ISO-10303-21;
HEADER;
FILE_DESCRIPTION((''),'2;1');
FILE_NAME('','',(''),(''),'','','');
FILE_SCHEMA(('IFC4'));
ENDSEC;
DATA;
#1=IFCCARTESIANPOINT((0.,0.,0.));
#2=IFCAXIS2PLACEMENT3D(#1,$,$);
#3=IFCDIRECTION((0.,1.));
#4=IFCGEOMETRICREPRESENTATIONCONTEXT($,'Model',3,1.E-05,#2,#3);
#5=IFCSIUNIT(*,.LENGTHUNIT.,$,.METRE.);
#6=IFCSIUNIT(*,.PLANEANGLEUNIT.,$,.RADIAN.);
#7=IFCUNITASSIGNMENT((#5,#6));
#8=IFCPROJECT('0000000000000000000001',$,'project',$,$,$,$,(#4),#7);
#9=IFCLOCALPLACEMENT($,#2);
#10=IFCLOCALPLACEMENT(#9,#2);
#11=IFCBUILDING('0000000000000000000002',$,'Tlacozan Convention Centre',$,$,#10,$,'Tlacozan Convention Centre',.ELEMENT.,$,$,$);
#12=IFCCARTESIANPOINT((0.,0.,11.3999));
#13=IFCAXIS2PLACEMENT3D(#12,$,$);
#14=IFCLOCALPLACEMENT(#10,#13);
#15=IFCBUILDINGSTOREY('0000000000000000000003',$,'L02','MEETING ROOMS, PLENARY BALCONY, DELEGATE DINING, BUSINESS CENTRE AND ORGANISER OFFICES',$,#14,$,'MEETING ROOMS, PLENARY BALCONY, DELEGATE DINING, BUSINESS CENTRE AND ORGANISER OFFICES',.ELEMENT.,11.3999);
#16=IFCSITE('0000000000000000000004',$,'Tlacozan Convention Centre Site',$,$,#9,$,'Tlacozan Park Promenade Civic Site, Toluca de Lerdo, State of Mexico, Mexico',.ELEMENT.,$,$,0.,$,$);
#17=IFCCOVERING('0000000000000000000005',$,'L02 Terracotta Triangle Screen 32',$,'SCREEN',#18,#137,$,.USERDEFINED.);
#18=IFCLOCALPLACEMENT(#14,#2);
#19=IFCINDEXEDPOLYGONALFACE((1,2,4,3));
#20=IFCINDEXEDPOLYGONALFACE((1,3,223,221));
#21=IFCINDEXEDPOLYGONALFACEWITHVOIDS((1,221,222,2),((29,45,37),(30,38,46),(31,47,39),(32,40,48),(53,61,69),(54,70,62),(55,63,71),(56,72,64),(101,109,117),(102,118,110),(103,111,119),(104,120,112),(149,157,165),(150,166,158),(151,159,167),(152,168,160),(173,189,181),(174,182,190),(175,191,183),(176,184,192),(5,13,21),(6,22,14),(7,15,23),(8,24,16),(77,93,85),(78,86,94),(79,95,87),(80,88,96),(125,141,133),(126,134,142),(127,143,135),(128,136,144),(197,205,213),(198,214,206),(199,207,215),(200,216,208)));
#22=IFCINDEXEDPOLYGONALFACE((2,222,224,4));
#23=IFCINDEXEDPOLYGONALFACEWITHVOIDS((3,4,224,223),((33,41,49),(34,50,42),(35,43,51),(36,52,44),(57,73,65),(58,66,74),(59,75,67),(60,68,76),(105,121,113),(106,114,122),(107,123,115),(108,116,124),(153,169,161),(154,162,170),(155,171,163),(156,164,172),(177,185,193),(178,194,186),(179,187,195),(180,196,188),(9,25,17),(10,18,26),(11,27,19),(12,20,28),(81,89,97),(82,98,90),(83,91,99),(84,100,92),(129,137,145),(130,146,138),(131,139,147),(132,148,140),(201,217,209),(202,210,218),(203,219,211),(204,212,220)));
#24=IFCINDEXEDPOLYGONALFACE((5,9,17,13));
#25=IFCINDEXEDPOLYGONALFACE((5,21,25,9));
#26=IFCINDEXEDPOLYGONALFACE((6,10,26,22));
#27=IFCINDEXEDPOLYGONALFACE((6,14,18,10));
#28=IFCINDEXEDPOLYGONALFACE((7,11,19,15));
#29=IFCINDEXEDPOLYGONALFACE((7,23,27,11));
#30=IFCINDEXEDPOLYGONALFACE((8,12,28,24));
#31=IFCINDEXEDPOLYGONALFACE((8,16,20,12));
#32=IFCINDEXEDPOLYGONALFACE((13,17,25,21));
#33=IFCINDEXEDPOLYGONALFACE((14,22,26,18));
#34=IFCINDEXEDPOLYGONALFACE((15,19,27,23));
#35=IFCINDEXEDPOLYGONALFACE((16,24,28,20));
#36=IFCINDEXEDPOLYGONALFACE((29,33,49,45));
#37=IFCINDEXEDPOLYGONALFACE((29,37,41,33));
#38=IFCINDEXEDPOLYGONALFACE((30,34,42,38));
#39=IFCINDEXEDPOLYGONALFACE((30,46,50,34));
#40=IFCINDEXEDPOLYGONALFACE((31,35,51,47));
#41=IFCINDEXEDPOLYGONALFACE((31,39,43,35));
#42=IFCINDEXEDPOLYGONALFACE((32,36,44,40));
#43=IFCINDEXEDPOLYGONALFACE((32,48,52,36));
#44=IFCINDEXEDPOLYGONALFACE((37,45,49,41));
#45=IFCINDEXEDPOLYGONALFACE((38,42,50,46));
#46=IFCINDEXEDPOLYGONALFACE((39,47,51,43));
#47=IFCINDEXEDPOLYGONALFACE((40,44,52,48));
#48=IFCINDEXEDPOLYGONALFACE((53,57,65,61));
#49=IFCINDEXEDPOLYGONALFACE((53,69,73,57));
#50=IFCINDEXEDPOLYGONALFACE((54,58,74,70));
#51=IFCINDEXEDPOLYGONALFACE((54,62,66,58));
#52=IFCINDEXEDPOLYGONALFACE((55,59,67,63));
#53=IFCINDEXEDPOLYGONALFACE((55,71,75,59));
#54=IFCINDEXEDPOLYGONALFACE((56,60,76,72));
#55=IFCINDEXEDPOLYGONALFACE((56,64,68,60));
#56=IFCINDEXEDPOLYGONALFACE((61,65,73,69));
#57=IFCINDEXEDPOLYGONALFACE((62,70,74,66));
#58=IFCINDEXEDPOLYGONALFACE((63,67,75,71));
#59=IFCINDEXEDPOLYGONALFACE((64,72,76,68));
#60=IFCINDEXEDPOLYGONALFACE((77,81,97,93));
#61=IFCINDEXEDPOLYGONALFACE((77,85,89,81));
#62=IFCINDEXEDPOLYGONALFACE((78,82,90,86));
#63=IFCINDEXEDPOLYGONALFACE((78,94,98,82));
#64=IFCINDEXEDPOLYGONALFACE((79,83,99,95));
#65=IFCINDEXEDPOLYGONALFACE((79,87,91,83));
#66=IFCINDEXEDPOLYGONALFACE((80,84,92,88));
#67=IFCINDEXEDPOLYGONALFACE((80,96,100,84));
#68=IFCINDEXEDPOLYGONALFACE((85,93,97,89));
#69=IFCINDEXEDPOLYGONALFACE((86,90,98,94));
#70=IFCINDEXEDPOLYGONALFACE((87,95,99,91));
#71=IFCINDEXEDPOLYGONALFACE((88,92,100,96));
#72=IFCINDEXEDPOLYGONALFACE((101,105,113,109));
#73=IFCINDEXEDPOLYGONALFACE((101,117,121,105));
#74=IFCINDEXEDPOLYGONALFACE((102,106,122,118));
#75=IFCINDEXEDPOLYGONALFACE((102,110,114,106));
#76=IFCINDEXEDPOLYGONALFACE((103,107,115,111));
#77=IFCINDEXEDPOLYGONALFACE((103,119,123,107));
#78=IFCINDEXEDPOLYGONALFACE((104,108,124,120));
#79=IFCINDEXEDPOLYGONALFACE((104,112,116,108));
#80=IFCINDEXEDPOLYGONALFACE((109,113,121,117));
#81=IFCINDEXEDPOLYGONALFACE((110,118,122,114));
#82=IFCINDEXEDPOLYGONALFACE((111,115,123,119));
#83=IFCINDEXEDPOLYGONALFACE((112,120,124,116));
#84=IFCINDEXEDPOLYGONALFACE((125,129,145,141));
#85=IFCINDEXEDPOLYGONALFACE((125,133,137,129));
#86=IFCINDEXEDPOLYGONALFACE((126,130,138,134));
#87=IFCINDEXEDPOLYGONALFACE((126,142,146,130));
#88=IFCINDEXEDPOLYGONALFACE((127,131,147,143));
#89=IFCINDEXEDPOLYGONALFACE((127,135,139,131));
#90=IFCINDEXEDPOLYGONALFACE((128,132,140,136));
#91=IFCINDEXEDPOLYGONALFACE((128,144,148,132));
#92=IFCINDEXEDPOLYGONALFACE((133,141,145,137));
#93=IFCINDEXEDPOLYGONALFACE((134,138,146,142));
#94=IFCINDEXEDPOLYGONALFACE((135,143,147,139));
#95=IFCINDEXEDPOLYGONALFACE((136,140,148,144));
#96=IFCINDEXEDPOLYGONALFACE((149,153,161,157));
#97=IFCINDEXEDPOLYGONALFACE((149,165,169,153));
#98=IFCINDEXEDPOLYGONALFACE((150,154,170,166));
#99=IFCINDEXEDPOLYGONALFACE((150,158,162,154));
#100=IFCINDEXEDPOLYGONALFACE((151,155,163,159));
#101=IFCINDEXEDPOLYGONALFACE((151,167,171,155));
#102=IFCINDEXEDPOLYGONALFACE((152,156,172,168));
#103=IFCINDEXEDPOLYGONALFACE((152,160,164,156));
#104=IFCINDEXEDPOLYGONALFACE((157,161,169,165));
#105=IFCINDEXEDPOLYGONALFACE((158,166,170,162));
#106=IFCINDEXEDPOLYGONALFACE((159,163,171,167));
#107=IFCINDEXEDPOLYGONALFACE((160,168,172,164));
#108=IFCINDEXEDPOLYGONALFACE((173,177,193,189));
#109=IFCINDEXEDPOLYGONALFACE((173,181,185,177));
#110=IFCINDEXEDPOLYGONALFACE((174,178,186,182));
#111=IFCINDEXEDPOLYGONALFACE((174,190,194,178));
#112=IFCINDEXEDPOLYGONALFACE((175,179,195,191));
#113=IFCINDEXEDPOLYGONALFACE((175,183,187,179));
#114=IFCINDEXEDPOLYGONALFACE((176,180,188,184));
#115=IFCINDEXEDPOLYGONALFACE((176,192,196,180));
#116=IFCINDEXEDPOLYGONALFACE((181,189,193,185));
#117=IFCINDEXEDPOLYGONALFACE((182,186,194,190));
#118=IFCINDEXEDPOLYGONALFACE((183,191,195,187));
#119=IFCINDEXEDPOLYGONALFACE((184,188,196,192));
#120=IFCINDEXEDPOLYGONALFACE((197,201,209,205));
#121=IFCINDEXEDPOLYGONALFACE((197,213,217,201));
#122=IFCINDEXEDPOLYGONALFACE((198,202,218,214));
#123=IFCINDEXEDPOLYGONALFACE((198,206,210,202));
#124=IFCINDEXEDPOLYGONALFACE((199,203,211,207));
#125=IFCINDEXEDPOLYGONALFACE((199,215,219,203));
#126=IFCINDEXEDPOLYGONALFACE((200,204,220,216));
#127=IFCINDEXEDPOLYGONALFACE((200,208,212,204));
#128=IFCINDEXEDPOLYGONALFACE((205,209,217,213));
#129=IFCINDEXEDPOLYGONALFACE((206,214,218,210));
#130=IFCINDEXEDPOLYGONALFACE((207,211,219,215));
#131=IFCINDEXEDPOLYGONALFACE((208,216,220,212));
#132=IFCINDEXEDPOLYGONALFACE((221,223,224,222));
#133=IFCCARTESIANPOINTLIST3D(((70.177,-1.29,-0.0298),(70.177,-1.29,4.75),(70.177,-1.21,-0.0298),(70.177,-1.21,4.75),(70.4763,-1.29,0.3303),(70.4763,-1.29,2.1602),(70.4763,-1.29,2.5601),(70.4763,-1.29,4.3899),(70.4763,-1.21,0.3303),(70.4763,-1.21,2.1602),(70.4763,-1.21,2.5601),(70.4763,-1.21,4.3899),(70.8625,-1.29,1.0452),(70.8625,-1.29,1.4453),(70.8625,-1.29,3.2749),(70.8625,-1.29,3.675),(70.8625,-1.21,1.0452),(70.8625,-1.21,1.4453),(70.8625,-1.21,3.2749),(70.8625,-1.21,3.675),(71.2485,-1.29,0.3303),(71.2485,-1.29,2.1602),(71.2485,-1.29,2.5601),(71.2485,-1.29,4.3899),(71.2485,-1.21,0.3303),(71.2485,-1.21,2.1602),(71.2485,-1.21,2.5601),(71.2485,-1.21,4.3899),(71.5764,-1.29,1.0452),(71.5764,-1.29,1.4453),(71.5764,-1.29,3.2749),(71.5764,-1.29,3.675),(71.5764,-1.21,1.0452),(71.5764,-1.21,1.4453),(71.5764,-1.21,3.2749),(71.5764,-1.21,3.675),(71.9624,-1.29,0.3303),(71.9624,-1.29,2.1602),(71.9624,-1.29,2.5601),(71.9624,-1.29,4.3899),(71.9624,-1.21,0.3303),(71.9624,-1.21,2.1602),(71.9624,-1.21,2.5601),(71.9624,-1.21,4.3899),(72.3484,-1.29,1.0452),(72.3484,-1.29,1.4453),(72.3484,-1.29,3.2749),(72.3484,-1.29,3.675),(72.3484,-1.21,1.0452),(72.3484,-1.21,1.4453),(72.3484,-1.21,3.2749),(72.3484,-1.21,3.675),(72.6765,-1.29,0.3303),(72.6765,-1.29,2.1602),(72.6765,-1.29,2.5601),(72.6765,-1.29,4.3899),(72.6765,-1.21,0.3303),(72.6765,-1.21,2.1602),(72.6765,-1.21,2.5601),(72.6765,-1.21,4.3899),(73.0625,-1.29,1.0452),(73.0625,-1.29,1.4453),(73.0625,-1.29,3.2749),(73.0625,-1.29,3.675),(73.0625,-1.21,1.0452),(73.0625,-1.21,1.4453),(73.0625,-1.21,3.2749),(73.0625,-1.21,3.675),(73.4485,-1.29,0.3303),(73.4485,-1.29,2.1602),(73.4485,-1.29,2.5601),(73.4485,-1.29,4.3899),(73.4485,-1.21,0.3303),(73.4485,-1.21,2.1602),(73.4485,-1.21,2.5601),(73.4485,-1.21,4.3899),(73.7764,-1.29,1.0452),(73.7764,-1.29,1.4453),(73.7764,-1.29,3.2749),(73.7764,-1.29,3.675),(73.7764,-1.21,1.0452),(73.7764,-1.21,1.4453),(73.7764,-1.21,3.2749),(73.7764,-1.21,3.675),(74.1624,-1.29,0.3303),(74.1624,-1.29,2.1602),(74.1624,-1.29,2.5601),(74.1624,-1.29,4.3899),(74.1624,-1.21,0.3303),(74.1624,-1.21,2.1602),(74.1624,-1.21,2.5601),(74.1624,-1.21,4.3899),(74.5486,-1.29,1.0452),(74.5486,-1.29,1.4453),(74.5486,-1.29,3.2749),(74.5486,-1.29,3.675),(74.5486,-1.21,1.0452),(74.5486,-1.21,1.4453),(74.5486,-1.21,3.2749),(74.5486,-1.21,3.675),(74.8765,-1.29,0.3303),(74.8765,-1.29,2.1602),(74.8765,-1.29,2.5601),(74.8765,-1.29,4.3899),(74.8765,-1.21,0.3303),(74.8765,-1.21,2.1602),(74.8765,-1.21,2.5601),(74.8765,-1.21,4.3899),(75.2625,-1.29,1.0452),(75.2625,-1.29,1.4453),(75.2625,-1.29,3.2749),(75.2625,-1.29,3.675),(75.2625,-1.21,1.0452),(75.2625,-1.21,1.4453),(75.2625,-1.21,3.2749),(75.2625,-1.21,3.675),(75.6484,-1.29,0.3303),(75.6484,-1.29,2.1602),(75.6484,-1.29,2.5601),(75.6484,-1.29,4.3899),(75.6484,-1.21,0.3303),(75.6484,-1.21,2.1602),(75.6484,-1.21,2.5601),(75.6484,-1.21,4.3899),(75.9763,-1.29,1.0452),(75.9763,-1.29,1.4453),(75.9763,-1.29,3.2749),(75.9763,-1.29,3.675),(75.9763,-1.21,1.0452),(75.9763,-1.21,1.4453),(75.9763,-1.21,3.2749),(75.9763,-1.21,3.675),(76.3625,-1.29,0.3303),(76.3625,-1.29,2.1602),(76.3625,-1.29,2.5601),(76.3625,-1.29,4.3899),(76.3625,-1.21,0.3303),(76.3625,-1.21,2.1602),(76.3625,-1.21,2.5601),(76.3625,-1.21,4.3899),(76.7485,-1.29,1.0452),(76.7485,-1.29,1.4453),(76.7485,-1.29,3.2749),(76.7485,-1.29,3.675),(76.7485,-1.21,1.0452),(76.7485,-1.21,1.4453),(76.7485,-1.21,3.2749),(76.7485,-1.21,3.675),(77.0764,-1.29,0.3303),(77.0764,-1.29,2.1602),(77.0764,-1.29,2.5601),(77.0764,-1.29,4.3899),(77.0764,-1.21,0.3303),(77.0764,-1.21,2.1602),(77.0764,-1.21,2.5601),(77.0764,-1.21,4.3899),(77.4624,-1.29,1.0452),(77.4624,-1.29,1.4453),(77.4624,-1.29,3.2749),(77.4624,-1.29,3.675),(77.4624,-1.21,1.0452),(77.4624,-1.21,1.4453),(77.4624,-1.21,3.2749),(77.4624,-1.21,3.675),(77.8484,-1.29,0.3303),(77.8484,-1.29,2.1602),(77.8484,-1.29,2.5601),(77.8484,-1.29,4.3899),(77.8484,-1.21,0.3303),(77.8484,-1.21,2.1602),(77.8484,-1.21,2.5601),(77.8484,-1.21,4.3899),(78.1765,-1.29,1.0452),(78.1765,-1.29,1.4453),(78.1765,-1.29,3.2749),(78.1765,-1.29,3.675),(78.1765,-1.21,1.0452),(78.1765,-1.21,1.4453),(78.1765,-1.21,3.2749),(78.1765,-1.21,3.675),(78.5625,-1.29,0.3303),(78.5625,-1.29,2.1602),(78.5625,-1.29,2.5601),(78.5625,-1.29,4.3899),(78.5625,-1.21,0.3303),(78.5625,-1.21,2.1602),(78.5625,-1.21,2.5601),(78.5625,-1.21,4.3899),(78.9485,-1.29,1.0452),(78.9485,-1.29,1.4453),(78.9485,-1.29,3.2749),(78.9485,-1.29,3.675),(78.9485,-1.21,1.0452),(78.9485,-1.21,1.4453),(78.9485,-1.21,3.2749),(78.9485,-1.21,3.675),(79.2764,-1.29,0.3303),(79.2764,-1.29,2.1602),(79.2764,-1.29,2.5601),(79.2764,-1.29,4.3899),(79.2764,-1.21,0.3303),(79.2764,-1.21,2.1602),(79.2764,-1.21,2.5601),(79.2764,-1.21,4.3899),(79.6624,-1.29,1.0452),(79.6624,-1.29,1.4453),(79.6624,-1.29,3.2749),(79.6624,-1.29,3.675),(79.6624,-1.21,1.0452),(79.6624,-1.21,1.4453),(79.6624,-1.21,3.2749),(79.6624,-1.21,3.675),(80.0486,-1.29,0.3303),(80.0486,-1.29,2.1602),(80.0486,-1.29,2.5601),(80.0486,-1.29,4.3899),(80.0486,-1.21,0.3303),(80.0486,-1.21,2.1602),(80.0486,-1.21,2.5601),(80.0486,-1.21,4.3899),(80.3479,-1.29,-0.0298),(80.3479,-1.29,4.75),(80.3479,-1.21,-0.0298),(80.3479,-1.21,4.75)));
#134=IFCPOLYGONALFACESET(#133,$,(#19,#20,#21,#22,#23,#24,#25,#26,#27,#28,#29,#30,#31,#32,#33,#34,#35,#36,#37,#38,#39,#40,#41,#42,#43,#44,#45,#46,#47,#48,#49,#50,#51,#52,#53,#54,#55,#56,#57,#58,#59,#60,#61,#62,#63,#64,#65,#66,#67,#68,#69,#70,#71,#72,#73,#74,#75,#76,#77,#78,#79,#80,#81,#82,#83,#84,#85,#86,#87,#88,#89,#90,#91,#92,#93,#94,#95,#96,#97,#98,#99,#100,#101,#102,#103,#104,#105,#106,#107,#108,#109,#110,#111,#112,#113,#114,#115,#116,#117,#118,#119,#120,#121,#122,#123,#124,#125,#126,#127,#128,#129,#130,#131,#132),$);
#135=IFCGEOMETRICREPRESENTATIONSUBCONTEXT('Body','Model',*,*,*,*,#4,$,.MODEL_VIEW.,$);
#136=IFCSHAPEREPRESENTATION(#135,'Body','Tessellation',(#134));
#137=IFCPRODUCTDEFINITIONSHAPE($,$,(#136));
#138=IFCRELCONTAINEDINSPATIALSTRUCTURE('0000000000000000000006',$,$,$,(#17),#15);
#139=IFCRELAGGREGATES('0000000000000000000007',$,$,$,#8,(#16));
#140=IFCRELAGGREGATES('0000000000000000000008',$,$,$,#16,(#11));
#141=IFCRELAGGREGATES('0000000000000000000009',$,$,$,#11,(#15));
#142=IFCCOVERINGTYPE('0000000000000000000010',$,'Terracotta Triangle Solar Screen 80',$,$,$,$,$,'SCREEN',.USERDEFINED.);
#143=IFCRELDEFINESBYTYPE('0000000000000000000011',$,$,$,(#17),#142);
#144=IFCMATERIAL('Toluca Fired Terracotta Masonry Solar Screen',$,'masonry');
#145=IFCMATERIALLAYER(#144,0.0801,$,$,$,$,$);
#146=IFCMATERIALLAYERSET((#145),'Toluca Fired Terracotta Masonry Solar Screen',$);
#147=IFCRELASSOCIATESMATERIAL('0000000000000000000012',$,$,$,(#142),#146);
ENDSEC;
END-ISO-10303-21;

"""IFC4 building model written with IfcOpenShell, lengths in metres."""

from ifc_helpers import new_model, si_unit, direction, frame, origin, place, context, subcontext, project, spatial, polyline, outline, extrude, material, layer, layer_set, type_object, element, save


model = new_model("IFC4")

# Units and contexts
model_context = context("Model", 3, precision=1e-05, world=origin(), true_north=direction((0.0, 1.0)))
body_context = subcontext(model_context, "Body", "Model", "MODEL_VIEW")
ifc_project = project(units=[si_unit("LENGTHUNIT", "METRE"), si_unit("PLANEANGLEUNIT", "RADIAN")], contexts=[model_context])

# Site, building, storey
site_placement = place(None, origin())
site = spatial("IfcSite", under=ifc_project, at=site_placement, Name="Tlacozan Convention Centre Site", LongName="Tlacozan Park Promenade Civic Site, Toluca de Lerdo, State of Mexico, Mexico", CompositionType="ELEMENT", RefElevation=0.0)
building_placement = place(site_placement, origin())
building = spatial("IfcBuilding", under=site, at=building_placement, Name="Tlacozan Convention Centre", LongName="Tlacozan Convention Centre", CompositionType="ELEMENT")
storey_placement = place(building_placement, frame((0.0, 0.0, 11.3999)))
storey = spatial("IfcBuildingStorey", under=building, at=storey_placement, Name="L02", Description="MEETING ROOMS, PLENARY BALCONY, DELEGATE DINING, BUSINESS CENTRE AND ORGANISER OFFICES", LongName="MEETING ROOMS, PLENARY BALCONY, DELEGATE DINING, BUSINESS CENTRE AND ORGANISER OFFICES", CompositionType="ELEMENT", Elevation=11.3999)

# Covering
ifc_material_1 = material(Name="Toluca Fired Terracotta Masonry Solar Screen", Category="masonry")
ifc_layer_1 = layer(ifc_material_1, 0.0801)
ifc_layer_set_1 = layer_set([ifc_layer_1], Name="Toluca Fired Terracotta Masonry Solar Screen")
covering_type = type_object("IfcCoveringType", Name="Terracotta Triangle Solar Screen 80", ElementType="SCREEN", PredefinedType="USERDEFINED", material=ifc_layer_set_1)
covering_1_placement = place(storey_placement, frame((70.177, -1.25, -0.0298), z_axis=(0.0, 0.0, 1.0), x_axis=(1.0, 0.0, 0.0)))
element("IfcCovering", 1, at=covering_1_placement, inside=storey, type_object=covering_type, Name="L02 Terracotta Triangle Screen 32", ObjectType="SCREEN", PredefinedType="USERDEFINED", context=body_context, shape_type="SweptSolid", body=[
    extrude(outline(polyline([(0.0, 0.0), (10.1709, 0.0), (10.1709, 4.7798), (0.0, 4.7798), (0.0, 0.0)]), holes=[polyline([(0.2993, 0.3601), (1.0715, 0.3601), (0.6855, 1.075), (0.2993, 0.3601)]), polyline([(1.3994, 1.075), (2.1714, 1.075), (1.7854, 0.3601), (1.3994, 1.075)]), polyline([(2.4995, 0.3601), (3.2715, 0.3601), (2.8855, 1.075), (2.4995, 0.3601)]), polyline([(3.5994, 1.075), (4.3716, 1.075), (3.9854, 0.3601), (3.5994, 1.075)]), polyline([(4.6995, 0.3601), (5.4714, 0.3601), (5.0854, 1.075), (4.6995, 0.3601)]), polyline([(5.7993, 1.075), (6.5715, 1.075), (6.1855, 0.3601), (5.7993, 1.075)]), polyline([(6.8994, 0.3601), (7.6714, 0.3601), (7.2854, 1.075), (6.8994, 0.3601)]), polyline([(7.9995, 1.075), (8.7715, 1.075), (8.3855, 0.3601), (7.9995, 1.075)]), polyline([(9.0994, 0.3601), (9.8716, 0.3601), (9.4854, 1.075), (9.0994, 0.3601)]), polyline([(0.2993, 2.1899), (1.0715, 2.1899), (0.6855, 1.4751), (0.2993, 2.1899)]), polyline([(1.3994, 1.4751), (2.1714, 1.4751), (1.7854, 2.1899), (1.3994, 1.4751)]), polyline([(2.4995, 2.1899), (3.2715, 2.1899), (2.8855, 1.4751), (2.4995, 2.1899)]), polyline([(3.5994, 1.4751), (4.3716, 1.4751), (3.9854, 2.1899), (3.5994, 1.4751)]), polyline([(4.6995, 2.1899), (5.4714, 2.1899), (5.0854, 1.4751), (4.6995, 2.1899)]), polyline([(5.7993, 1.4751), (6.5715, 1.4751), (6.1855, 2.1899), (5.7993, 1.4751)]), polyline([(6.8994, 2.1899), (7.6714, 2.1899), (7.2854, 1.4751), (6.8994, 2.1899)]), polyline([(7.9995, 1.4751), (8.7715, 1.4751), (8.3855, 2.1899), (7.9995, 1.4751)]), polyline([(9.0994, 2.1899), (9.8716, 2.1899), (9.4854, 1.4751), (9.0994, 2.1899)]), polyline([(0.2993, 2.5898), (1.0715, 2.5898), (0.6855, 3.3047), (0.2993, 2.5898)]), polyline([(1.3994, 3.3047), (2.1714, 3.3047), (1.7854, 2.5898), (1.3994, 3.3047)]), polyline([(2.4995, 2.5898), (3.2715, 2.5898), (2.8855, 3.3047), (2.4995, 2.5898)]), polyline([(3.5994, 3.3047), (4.3716, 3.3047), (3.9854, 2.5898), (3.5994, 3.3047)]), polyline([(4.6995, 2.5898), (5.4714, 2.5898), (5.0854, 3.3047), (4.6995, 2.5898)]), polyline([(5.7993, 3.3047), (6.5715, 3.3047), (6.1855, 2.5898), (5.7993, 3.3047)]), polyline([(6.8994, 2.5898), (7.6714, 2.5898), (7.2854, 3.3047), (6.8994, 2.5898)]), polyline([(7.9995, 3.3047), (8.7715, 3.3047), (8.3855, 2.5898), (7.9995, 3.3047)]), polyline([(9.0994, 2.5898), (9.8716, 2.5898), (9.4854, 3.3047), (9.0994, 2.5898)]), polyline([(0.2993, 4.4197), (1.0715, 4.4197), (0.6855, 3.7048), (0.2993, 4.4197)]), polyline([(1.3994, 3.7048), (2.1714, 3.7048), (1.7854, 4.4197), (1.3994, 3.7048)]), polyline([(2.4995, 4.4197), (3.2715, 4.4197), (2.8855, 3.7048), (2.4995, 4.4197)]), polyline([(3.5994, 3.7048), (4.3716, 3.7048), (3.9854, 4.4197), (3.5994, 3.7048)]), polyline([(4.6995, 4.4197), (5.4714, 4.4197), (5.0854, 3.7048), (4.6995, 4.4197)]), polyline([(5.7993, 3.7048), (6.5715, 3.7048), (6.1855, 4.4197), (5.7993, 3.7048)]), polyline([(6.8994, 4.4197), (7.6714, 4.4197), (7.2854, 3.7048), (6.8994, 4.4197)]), polyline([(7.9995, 3.7048), (8.7715, 3.7048), (8.3855, 4.4197), (7.9995, 3.7048)]), polyline([(9.0994, 4.4197), (9.8716, 4.4197), (9.4854, 3.7048), (9.0994, 4.4197)])]), frame((0.0, 0.04, 0.0), z_axis=(0.0, -1.0, 0.0), x_axis=(1.0, 0.0, 0.0)), (0.0, 0.0, 1.0), 0.0801),
])

save(model, "model.ifc")
